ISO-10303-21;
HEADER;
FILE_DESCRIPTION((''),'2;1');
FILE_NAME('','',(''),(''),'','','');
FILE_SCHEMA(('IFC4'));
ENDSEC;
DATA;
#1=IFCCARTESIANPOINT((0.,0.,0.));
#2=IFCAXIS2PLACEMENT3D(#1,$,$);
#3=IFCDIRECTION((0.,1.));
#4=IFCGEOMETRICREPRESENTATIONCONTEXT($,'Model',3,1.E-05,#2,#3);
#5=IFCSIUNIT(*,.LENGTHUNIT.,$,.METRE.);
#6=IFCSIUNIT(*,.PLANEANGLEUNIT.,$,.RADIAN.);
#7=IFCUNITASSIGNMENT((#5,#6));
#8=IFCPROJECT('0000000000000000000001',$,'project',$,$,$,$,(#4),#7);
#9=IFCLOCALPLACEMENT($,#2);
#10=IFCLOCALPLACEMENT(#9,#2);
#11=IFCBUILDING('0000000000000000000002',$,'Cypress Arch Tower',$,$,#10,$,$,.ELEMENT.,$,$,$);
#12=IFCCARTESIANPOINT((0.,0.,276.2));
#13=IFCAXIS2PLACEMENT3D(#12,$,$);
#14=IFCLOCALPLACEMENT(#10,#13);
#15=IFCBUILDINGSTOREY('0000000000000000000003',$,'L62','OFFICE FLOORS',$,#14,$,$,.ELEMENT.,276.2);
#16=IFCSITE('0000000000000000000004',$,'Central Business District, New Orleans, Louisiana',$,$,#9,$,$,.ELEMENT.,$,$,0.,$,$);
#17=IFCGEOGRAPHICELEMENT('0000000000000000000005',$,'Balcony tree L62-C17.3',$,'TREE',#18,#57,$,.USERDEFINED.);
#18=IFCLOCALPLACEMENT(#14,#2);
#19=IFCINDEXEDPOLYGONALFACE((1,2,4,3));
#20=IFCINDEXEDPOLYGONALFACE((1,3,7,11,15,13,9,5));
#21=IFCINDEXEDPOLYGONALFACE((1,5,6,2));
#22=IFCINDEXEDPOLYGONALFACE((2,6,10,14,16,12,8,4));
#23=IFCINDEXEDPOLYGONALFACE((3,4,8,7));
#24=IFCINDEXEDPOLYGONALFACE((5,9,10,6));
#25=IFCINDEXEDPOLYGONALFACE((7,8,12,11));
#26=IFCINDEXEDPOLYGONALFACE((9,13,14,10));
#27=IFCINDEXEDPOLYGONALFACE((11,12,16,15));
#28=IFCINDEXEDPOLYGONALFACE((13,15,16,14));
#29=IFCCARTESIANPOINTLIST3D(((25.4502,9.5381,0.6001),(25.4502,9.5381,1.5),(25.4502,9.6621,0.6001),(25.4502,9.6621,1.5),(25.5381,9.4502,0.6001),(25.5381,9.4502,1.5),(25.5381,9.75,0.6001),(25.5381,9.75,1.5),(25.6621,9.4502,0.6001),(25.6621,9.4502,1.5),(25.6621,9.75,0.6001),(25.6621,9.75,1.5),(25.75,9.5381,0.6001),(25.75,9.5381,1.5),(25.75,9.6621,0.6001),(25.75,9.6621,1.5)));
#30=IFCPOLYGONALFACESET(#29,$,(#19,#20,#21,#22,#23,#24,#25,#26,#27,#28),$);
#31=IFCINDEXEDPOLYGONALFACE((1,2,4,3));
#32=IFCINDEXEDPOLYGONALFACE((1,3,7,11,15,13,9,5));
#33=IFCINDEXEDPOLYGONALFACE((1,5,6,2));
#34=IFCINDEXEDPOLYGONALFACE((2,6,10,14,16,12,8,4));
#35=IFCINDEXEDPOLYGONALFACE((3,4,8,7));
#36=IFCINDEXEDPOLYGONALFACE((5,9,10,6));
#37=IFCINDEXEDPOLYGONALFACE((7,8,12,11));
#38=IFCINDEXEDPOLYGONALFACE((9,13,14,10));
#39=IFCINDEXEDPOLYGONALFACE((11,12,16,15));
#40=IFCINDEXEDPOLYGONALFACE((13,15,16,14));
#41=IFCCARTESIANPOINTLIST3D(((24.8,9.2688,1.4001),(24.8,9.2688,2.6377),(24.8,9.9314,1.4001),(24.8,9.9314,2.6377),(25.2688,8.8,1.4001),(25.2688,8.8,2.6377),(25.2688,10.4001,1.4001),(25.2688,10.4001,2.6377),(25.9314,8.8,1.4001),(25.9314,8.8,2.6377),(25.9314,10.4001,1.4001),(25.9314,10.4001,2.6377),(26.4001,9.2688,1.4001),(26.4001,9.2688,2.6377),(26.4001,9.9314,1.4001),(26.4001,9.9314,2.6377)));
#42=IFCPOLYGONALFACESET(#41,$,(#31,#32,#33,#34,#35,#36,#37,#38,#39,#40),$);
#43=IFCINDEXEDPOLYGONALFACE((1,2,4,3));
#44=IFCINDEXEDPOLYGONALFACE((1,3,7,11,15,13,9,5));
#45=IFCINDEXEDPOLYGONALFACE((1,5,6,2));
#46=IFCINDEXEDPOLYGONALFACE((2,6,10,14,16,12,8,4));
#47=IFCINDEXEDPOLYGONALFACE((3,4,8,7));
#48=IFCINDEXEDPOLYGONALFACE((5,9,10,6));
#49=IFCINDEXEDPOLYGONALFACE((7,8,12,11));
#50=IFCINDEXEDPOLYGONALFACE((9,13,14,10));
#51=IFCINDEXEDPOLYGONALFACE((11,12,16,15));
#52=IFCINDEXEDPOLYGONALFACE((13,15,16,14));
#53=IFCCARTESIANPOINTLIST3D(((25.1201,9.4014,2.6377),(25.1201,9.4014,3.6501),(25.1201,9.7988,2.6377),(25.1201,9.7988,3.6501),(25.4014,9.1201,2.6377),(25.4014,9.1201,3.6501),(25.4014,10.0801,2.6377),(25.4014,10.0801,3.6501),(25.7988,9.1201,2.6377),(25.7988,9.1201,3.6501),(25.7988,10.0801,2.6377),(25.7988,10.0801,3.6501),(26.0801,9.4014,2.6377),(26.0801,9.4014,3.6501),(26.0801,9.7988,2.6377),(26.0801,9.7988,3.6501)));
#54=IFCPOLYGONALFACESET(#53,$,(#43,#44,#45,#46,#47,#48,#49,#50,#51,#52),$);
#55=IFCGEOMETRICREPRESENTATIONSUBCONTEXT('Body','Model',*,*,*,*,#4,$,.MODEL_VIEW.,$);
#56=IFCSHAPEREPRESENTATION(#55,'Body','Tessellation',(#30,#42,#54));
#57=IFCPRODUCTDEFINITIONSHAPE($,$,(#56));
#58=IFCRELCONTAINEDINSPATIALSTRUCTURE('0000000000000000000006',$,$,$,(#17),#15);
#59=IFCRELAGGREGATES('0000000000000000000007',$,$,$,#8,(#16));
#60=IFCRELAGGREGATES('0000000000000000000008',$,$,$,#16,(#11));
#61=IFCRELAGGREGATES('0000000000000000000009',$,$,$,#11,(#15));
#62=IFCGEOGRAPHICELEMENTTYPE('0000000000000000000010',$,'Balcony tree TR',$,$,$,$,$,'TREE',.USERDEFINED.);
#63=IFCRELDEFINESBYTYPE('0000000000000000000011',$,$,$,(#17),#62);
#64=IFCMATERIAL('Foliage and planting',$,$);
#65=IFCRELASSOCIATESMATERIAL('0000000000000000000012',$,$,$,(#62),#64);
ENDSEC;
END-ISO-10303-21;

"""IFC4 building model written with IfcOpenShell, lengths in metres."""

from ifc_helpers import new_model, si_unit, direction, frame, origin, place, context, subcontext, project, spatial, polyline, outline, extrude, material, type_object, element, save


model = new_model("IFC4")

# Units and contexts
model_context = context("Model", 3, precision=1e-05, world=origin(), true_north=direction((0.0, 1.0)))
body_context = subcontext(model_context, "Body", "Model", "MODEL_VIEW")
ifc_project = project(units=[si_unit("LENGTHUNIT", "METRE"), si_unit("PLANEANGLEUNIT", "RADIAN")], contexts=[model_context])

# Site, building, storey
site_placement = place(None, origin())
site = spatial("IfcSite", under=ifc_project, at=site_placement, Name="Central Business District, New Orleans, Louisiana", CompositionType="ELEMENT", RefElevation=0.0)
building_placement = place(site_placement, origin())
building = spatial("IfcBuilding", under=site, at=building_placement, Name="Cypress Arch Tower", CompositionType="ELEMENT")
storey_placement = place(building_placement, frame((0.0, 0.0, 276.2)))
storey = spatial("IfcBuildingStorey", under=building, at=storey_placement, Name="L62", Description="OFFICE FLOORS", CompositionType="ELEMENT", Elevation=276.2)

# Geographic element
ifc_material_1 = material(Name="Foliage and planting")
geographic_element_type = type_object("IfcGeographicElementType", Name="Balcony tree TR", ElementType="TREE", PredefinedType="USERDEFINED", material=ifc_material_1)
geographic_element_placement = place(storey_placement, frame((25.6001, 9.6001, 0.6001), z_axis=(0.0, 0.0, 1.0), x_axis=(1.0, 0.0, 0.0)))
element("IfcGeographicElement", 1, at=geographic_element_placement, inside=storey, type_object=geographic_element_type, Name="Balcony tree L62-C17.3", ObjectType="TREE", PredefinedType="USERDEFINED", context=body_context, shape_type="SweptSolid", body=[
    extrude(outline(polyline([(0.1499, 0.062), (0.062, 0.1499), (-0.062, 0.1499), (-0.1499, 0.062), (-0.1499, -0.062), (-0.062, -0.1499), (0.062, -0.1499), (0.1499, -0.062), (0.1499, 0.062)])), origin(), (0.0, 0.0, 1.0), 0.8999),
    extrude(outline(polyline([(0.8, 0.3313), (0.3313, 0.8), (-0.3313, 0.8), (-0.8, 0.3313), (-0.8, -0.3313), (-0.3313, -0.8), (0.3313, -0.8), (0.8, -0.3313), (0.8, 0.3313)])), frame((0.0, 0.0, 0.8)), (0.0, 0.0, 1.0), 1.2375),
    extrude(outline(polyline([(0.48, 0.1987), (0.1987, 0.48), (-0.1987, 0.48), (-0.48, 0.1987), (-0.48, -0.1987), (-0.1987, -0.48), (0.1987, -0.48), (0.48, -0.1987), (0.48, 0.1987)])), frame((0.0, 0.0, 2.0376)), (0.0, 0.0, 1.0), 1.0125),
])

save(model, "model.ifc")
